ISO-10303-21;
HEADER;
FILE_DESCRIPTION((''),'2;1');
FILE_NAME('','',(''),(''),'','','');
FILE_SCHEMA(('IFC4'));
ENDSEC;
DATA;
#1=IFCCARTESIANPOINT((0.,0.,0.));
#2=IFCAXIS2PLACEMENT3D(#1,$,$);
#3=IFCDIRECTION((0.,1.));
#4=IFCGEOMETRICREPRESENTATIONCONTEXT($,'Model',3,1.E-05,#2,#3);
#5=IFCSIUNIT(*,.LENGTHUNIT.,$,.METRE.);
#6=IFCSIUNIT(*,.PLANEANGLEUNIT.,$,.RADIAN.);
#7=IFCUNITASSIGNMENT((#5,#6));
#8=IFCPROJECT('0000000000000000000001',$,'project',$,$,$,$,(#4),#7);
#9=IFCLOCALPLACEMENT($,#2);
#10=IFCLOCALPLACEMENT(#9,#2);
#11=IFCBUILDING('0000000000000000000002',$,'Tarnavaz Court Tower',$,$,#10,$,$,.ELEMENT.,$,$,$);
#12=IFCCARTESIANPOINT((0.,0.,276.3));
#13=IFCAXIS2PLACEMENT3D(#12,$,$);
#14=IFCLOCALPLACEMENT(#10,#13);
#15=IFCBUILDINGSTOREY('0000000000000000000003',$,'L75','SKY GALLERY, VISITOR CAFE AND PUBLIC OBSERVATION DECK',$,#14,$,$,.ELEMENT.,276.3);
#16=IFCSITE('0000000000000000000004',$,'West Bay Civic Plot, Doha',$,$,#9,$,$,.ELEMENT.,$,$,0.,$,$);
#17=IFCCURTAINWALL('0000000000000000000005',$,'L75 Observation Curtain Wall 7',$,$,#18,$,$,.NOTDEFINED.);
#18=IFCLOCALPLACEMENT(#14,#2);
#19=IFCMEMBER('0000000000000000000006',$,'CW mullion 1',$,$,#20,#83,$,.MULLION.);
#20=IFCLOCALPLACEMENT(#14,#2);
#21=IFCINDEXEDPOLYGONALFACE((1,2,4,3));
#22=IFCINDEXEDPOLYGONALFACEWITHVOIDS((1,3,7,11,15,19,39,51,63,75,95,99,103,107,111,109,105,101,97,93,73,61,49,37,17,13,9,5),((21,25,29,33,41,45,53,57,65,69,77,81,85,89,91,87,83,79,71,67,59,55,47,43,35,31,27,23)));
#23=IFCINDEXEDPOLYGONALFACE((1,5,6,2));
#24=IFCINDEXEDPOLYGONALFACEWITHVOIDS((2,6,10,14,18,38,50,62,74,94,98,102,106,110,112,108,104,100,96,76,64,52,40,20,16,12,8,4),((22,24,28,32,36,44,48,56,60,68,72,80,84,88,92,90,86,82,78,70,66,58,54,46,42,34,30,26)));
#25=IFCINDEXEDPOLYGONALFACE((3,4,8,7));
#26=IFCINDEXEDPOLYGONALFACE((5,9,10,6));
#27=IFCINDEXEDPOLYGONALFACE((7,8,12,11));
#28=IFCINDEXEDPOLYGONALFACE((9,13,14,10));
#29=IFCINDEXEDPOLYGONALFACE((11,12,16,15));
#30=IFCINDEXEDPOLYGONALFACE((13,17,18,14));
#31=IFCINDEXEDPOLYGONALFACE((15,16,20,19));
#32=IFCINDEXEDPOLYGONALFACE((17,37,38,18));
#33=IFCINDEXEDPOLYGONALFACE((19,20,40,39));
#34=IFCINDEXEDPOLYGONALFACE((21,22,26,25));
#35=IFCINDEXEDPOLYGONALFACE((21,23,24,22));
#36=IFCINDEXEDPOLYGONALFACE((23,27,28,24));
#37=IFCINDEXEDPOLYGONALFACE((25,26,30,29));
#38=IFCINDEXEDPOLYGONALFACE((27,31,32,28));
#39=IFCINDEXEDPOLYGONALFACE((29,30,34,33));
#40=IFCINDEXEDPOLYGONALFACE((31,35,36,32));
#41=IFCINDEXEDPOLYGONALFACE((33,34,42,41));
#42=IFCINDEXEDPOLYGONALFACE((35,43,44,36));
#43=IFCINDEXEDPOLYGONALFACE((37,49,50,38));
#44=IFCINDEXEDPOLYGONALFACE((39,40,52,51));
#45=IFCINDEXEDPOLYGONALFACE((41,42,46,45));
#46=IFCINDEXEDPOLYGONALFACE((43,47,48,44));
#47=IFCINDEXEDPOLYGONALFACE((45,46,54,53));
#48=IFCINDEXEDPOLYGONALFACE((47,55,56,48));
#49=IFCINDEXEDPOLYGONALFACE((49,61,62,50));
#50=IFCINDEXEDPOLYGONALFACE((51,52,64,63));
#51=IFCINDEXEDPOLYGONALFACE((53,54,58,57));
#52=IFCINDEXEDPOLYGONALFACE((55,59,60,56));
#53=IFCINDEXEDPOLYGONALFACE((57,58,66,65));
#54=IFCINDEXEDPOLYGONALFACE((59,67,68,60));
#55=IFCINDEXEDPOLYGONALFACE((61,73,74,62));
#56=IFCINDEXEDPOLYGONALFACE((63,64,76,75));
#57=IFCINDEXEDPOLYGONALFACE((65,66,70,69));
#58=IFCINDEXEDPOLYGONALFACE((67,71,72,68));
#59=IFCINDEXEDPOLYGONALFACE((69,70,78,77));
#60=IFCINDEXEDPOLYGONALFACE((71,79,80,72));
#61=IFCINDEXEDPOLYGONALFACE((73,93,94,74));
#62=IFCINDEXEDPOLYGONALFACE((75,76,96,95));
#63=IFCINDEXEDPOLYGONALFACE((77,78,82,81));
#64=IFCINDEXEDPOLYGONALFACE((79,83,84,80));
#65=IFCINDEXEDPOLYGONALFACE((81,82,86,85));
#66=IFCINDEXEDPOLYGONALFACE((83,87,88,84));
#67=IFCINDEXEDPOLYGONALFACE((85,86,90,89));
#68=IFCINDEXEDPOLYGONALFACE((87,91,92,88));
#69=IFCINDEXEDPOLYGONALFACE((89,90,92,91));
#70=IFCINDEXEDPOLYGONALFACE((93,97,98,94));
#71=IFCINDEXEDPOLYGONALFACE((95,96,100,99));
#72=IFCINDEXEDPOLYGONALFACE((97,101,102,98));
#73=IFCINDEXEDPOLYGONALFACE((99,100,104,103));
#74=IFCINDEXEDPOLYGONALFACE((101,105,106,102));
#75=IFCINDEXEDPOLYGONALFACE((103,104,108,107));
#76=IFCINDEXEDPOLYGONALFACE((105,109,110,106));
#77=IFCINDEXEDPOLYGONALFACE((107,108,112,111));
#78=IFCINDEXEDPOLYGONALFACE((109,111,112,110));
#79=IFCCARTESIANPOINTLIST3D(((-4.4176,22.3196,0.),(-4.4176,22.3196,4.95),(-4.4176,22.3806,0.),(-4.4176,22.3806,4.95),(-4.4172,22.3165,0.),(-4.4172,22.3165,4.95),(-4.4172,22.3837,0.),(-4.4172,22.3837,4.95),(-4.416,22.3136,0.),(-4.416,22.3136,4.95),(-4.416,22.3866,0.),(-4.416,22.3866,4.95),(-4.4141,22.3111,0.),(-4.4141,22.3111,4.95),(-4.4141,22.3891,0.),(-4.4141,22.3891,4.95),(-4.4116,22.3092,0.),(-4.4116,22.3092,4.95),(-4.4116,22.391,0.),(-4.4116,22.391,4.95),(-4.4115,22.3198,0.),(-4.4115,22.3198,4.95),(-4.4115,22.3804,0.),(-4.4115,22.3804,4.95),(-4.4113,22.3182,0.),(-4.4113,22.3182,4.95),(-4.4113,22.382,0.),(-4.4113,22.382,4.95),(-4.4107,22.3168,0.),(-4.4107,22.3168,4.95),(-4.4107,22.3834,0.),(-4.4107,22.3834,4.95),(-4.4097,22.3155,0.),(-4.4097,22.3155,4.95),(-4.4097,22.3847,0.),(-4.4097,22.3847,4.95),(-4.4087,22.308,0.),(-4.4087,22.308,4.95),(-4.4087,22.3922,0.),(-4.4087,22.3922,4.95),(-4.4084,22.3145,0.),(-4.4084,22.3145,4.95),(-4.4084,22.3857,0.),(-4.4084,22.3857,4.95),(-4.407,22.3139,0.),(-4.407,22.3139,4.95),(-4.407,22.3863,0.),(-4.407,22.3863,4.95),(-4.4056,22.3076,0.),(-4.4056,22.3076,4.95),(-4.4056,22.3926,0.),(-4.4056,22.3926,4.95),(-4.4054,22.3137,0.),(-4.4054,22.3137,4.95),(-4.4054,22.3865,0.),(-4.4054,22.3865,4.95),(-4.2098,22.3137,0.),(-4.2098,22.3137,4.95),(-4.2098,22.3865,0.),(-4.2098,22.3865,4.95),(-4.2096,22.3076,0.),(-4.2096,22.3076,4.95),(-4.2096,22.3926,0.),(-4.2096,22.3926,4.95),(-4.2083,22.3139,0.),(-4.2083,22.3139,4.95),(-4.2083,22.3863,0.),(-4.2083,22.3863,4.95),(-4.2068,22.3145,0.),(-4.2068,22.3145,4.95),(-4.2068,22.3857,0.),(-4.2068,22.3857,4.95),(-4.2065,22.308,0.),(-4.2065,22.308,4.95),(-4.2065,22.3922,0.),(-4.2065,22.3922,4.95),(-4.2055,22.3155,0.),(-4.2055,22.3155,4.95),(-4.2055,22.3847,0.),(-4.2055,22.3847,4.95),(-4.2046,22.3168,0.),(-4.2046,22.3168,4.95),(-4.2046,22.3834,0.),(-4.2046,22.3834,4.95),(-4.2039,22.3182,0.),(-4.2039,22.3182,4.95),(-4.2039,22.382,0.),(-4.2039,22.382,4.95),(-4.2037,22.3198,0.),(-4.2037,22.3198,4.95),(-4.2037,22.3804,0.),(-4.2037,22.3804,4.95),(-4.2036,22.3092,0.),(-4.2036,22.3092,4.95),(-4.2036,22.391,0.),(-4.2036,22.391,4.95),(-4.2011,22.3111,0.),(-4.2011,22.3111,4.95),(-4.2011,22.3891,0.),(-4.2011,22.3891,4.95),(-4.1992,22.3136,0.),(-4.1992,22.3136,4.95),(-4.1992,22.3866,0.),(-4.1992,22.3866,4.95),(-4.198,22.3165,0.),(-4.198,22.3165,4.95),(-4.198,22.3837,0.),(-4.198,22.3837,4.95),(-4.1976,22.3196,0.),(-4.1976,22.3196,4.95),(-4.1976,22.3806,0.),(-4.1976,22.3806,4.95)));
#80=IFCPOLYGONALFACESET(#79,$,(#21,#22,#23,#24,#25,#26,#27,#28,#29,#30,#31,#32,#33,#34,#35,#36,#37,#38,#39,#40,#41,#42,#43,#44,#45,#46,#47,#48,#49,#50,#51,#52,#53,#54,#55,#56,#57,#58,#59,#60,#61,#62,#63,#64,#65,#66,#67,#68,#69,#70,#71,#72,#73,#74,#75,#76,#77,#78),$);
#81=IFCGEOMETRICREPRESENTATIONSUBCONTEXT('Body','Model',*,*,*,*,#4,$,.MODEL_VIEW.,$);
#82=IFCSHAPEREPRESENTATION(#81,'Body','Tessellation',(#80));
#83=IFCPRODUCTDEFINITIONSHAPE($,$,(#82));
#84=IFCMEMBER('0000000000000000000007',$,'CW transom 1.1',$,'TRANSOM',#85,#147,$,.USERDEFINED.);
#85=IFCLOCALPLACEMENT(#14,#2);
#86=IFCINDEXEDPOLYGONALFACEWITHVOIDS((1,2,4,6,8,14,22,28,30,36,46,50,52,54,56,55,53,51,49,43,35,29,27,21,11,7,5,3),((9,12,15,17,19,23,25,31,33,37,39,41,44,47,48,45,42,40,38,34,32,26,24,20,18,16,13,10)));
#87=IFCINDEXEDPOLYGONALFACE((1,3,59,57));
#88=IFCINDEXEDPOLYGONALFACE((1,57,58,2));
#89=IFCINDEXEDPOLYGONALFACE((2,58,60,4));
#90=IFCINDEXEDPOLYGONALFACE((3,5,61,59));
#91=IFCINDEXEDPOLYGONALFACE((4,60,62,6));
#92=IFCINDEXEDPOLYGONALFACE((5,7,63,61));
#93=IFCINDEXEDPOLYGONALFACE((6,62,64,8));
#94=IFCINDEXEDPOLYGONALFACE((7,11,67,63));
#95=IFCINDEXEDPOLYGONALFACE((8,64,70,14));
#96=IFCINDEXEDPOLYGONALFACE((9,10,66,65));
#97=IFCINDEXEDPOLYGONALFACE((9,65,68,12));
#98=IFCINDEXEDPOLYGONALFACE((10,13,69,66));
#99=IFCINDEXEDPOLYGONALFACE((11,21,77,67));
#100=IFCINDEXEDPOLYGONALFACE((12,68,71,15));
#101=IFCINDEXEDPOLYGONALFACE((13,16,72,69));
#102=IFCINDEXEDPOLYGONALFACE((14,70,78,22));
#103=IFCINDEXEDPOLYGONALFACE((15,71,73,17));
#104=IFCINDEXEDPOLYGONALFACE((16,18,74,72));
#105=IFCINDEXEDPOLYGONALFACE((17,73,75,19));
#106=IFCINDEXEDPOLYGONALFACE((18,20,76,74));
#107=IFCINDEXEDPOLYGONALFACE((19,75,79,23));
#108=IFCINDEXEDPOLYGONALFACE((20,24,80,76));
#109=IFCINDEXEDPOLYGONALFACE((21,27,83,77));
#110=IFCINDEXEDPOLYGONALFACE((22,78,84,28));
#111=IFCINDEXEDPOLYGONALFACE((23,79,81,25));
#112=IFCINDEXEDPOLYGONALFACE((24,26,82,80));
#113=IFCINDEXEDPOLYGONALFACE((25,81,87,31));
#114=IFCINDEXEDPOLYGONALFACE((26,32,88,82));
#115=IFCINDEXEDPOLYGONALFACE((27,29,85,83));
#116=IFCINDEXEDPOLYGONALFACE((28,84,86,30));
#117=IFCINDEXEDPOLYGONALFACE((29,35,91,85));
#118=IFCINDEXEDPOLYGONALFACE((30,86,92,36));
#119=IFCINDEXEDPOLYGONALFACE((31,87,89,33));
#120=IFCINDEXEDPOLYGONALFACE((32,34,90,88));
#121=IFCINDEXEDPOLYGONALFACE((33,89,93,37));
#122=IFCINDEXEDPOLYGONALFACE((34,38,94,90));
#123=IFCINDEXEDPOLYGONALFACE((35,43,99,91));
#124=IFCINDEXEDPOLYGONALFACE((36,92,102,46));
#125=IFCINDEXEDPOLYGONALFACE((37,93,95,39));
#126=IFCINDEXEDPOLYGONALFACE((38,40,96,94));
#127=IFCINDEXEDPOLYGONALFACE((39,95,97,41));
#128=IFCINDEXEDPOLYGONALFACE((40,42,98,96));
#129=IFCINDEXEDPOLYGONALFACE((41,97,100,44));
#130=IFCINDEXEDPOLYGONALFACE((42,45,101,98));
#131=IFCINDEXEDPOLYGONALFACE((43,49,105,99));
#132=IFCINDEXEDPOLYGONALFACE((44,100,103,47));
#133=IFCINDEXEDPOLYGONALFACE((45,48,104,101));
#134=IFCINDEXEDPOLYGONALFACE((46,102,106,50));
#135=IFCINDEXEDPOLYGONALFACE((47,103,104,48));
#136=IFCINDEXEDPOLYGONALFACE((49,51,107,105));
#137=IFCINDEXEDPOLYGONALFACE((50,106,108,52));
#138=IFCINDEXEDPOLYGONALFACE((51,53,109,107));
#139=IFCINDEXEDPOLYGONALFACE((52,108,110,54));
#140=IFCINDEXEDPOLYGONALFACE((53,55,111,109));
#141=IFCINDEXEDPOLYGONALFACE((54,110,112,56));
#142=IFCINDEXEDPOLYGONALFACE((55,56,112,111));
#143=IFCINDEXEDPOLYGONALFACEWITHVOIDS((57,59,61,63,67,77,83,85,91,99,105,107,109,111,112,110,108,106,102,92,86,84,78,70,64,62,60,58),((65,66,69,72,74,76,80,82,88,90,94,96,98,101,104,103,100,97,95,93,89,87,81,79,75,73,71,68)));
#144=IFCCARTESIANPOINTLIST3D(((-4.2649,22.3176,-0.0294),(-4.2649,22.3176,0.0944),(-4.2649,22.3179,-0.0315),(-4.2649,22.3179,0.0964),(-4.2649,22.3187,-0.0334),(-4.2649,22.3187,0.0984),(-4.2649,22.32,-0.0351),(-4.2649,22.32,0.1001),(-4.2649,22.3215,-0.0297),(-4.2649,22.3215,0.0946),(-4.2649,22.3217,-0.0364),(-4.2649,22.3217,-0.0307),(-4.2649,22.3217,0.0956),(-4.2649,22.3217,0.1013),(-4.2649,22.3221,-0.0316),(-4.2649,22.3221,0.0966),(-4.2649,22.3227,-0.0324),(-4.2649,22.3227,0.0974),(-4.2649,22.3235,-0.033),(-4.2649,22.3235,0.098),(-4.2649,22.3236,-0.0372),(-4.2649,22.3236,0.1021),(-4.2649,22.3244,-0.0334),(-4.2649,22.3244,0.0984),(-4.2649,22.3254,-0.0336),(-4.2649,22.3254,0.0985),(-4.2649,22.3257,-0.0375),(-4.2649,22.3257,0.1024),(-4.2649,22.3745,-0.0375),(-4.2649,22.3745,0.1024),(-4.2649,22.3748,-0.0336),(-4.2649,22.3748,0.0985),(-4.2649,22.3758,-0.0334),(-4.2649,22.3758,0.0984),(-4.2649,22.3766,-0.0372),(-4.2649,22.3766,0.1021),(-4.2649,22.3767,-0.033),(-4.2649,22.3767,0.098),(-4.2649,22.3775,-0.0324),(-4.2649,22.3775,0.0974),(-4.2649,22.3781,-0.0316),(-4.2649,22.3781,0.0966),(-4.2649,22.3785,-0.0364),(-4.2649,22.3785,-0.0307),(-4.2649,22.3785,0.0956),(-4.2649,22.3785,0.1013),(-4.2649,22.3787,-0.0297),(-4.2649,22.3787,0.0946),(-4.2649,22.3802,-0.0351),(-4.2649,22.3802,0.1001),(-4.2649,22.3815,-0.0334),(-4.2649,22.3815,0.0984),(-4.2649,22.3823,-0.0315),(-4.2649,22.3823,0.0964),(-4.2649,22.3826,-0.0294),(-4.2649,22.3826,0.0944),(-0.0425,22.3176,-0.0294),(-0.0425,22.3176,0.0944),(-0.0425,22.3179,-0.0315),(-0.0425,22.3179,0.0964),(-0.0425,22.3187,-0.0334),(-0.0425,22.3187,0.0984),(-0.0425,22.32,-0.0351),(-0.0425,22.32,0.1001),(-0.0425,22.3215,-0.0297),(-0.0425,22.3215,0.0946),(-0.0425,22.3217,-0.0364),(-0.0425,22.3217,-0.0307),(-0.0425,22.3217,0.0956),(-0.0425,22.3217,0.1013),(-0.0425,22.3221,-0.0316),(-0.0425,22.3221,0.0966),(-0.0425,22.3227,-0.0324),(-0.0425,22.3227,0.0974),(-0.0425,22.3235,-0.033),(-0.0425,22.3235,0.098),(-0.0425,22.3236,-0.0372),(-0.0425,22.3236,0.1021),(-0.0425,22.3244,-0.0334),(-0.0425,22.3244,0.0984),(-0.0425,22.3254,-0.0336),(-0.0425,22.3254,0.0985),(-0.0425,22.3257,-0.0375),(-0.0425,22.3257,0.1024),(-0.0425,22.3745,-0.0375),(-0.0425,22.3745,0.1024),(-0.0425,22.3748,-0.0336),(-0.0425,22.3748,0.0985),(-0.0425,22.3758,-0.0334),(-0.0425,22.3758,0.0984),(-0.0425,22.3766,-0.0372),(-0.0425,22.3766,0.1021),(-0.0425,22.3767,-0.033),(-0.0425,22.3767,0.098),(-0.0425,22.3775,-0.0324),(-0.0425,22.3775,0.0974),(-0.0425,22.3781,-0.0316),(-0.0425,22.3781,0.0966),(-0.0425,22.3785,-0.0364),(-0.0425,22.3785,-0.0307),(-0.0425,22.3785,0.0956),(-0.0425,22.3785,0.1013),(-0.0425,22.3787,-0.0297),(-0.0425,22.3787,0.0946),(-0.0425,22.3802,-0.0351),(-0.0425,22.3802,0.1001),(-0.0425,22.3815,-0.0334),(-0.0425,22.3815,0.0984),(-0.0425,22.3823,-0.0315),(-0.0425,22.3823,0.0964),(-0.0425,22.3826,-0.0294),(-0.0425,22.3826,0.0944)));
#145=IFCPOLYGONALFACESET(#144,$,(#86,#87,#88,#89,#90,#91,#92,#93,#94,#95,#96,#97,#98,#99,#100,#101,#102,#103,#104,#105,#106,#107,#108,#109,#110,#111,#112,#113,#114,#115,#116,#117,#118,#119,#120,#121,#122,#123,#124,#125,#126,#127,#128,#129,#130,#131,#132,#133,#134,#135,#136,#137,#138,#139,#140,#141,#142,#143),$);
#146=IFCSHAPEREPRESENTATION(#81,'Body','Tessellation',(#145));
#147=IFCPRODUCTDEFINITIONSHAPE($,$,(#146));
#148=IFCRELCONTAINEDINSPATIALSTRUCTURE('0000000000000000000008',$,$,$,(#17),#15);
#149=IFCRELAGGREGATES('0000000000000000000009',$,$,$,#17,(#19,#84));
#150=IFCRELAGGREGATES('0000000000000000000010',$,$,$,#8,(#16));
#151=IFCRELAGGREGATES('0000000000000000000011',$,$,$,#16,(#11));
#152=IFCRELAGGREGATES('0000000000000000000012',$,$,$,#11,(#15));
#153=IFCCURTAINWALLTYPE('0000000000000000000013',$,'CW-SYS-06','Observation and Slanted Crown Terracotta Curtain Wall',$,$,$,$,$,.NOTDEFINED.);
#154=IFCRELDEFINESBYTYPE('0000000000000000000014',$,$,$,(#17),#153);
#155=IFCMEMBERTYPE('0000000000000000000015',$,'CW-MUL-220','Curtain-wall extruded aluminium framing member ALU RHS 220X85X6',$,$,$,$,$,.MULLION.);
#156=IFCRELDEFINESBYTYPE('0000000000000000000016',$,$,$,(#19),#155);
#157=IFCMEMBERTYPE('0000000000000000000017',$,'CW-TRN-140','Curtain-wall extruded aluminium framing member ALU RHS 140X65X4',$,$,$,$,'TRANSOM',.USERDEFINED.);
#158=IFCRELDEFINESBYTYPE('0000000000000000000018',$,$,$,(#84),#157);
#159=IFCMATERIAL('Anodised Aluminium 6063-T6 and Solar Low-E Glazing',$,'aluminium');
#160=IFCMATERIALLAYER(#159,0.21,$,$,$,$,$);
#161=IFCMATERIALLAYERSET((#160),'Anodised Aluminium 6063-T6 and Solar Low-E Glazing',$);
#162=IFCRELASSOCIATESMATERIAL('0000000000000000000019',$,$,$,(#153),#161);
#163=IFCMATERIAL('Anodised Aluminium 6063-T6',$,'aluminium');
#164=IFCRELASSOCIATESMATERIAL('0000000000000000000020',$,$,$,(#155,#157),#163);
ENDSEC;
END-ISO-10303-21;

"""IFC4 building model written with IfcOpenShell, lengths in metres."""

from ifc_helpers import new_model, si_unit, direction, frame, origin, origin_2d, place, context, subcontext, project, spatial, hollow_rectangle, extrude, material, layer, layer_set, material_profile, profile_set, type_object, element, aggregate, save


model = new_model("IFC4")

# Units and contexts
model_context = context("Model", 3, precision=1e-05, world=origin(), true_north=direction((0.0, 1.0)))
body_context = subcontext(model_context, "Body", "Model", "MODEL_VIEW")
ifc_project = project(units=[si_unit("LENGTHUNIT", "METRE"), si_unit("PLANEANGLEUNIT", "RADIAN")], contexts=[model_context])

# Site, building, storey
site_placement = place(None, origin())
site = spatial("IfcSite", under=ifc_project, at=site_placement, Name="West Bay Civic Plot, Doha", CompositionType="ELEMENT", RefElevation=0.0)
building_placement = place(site_placement, origin())
building = spatial("IfcBuilding", under=site, at=building_placement, Name="Tarnavaz Court Tower", CompositionType="ELEMENT")
storey_placement = place(building_placement, frame((0.0, 0.0, 276.3)))
storey = spatial("IfcBuildingStorey", under=building, at=storey_placement, Name="L75", Description="SKY GALLERY, VISITOR CAFE AND PUBLIC OBSERVATION DECK", CompositionType="ELEMENT", Elevation=276.3)

# Curtain wall, members
ifc_material_1 = material(Name="Anodised Aluminium 6063-T6 and Solar Low-E Glazing", Category="aluminium")
ifc_layer_1 = layer(ifc_material_1, 0.21)
ifc_layer_set_1 = layer_set([ifc_layer_1], Name="Anodised Aluminium 6063-T6 and Solar Low-E Glazing")
curtain_wall_type = type_object("IfcCurtainWallType", Name="CW-SYS-06", Description="Observation and Slanted Crown Terracotta Curtain Wall", PredefinedType="NOTDEFINED", material=ifc_layer_set_1)
curtain_wall_placement = place(storey_placement, origin())
curtain_wall = element("IfcCurtainWall", 1, at=curtain_wall_placement, inside=storey, type_object=curtain_wall_type, Name="L75 Observation Curtain Wall 7", PredefinedType="NOTDEFINED")
ifc_material_2 = material(Name="Anodised Aluminium 6063-T6", Category="aluminium")
ifc_material_profile_1 = material_profile(ifc_material_2, hollow_rectangle(XDim=0.085, YDim=0.22, WallThickness=0.0061, InnerFilletRadius=0.0061, OuterFilletRadius=0.012, at=origin_2d()), Name="ALU RHS 220X85X6")
ifc_profile_set_1 = profile_set([ifc_material_profile_1], Name="Anodised Aluminium 6063-T6")
member_type_1 = type_object("IfcMemberType", Name="CW-MUL-220", Description="Curtain-wall extruded aluminium framing member ALU RHS 220X85X6", PredefinedType="MULLION", material=ifc_profile_set_1)
member_1_placement = place(storey_placement, frame((-4.3076, 22.3501, 0.0), z_axis=(0.0, 0.0, 1.0), x_axis=(0.0, 1.0, 0.0)))
member_1 = element("IfcMember", 2, at=member_1_placement, type_object=member_type_1, Name="CW mullion 1", PredefinedType="MULLION", context=body_context, shape_type="SweptSolid", body=[
    extrude(hollow_rectangle(XDim=0.085, YDim=0.22, WallThickness=0.0061, InnerFilletRadius=0.0061, OuterFilletRadius=0.012, at=origin_2d()), origin(), (0.0, 0.0, 1.0), 4.95),
])
ifc_material_profile_2 = material_profile(ifc_material_2, hollow_rectangle(XDim=0.0649, YDim=0.1399, WallThickness=0.0039, InnerFilletRadius=0.0039, OuterFilletRadius=0.0081, at=origin_2d()), Name="ALU RHS 140X65X4")
ifc_profile_set_2 = profile_set([ifc_material_profile_2], Name="Anodised Aluminium 6063-T6")
member_type_2 = type_object("IfcMemberType", Name="CW-TRN-140", Description="Curtain-wall extruded aluminium framing member ALU RHS 140X65X4", ElementType="TRANSOM", PredefinedType="USERDEFINED", material=ifc_profile_set_2)
member_2_placement = place(storey_placement, frame((-4.2649, 22.3501, 0.0325), z_axis=(1.0, 0.0, 0.0), x_axis=(0.0, 1.0, 0.0)))
member_2 = element("IfcMember", 3, at=member_2_placement, type_object=member_type_2, Name="CW transom 1.1", ObjectType="TRANSOM", PredefinedType="USERDEFINED", context=body_context, shape_type="SweptSolid", body=[
    extrude(hollow_rectangle(XDim=0.0649, YDim=0.1399, WallThickness=0.0039, InnerFilletRadius=0.0039, OuterFilletRadius=0.0081, at=origin_2d()), origin(), (0.0, 0.0, 1.0), 4.2224),
])
aggregate(curtain_wall, [member_1, member_2])

save(model, "model.ifc")
